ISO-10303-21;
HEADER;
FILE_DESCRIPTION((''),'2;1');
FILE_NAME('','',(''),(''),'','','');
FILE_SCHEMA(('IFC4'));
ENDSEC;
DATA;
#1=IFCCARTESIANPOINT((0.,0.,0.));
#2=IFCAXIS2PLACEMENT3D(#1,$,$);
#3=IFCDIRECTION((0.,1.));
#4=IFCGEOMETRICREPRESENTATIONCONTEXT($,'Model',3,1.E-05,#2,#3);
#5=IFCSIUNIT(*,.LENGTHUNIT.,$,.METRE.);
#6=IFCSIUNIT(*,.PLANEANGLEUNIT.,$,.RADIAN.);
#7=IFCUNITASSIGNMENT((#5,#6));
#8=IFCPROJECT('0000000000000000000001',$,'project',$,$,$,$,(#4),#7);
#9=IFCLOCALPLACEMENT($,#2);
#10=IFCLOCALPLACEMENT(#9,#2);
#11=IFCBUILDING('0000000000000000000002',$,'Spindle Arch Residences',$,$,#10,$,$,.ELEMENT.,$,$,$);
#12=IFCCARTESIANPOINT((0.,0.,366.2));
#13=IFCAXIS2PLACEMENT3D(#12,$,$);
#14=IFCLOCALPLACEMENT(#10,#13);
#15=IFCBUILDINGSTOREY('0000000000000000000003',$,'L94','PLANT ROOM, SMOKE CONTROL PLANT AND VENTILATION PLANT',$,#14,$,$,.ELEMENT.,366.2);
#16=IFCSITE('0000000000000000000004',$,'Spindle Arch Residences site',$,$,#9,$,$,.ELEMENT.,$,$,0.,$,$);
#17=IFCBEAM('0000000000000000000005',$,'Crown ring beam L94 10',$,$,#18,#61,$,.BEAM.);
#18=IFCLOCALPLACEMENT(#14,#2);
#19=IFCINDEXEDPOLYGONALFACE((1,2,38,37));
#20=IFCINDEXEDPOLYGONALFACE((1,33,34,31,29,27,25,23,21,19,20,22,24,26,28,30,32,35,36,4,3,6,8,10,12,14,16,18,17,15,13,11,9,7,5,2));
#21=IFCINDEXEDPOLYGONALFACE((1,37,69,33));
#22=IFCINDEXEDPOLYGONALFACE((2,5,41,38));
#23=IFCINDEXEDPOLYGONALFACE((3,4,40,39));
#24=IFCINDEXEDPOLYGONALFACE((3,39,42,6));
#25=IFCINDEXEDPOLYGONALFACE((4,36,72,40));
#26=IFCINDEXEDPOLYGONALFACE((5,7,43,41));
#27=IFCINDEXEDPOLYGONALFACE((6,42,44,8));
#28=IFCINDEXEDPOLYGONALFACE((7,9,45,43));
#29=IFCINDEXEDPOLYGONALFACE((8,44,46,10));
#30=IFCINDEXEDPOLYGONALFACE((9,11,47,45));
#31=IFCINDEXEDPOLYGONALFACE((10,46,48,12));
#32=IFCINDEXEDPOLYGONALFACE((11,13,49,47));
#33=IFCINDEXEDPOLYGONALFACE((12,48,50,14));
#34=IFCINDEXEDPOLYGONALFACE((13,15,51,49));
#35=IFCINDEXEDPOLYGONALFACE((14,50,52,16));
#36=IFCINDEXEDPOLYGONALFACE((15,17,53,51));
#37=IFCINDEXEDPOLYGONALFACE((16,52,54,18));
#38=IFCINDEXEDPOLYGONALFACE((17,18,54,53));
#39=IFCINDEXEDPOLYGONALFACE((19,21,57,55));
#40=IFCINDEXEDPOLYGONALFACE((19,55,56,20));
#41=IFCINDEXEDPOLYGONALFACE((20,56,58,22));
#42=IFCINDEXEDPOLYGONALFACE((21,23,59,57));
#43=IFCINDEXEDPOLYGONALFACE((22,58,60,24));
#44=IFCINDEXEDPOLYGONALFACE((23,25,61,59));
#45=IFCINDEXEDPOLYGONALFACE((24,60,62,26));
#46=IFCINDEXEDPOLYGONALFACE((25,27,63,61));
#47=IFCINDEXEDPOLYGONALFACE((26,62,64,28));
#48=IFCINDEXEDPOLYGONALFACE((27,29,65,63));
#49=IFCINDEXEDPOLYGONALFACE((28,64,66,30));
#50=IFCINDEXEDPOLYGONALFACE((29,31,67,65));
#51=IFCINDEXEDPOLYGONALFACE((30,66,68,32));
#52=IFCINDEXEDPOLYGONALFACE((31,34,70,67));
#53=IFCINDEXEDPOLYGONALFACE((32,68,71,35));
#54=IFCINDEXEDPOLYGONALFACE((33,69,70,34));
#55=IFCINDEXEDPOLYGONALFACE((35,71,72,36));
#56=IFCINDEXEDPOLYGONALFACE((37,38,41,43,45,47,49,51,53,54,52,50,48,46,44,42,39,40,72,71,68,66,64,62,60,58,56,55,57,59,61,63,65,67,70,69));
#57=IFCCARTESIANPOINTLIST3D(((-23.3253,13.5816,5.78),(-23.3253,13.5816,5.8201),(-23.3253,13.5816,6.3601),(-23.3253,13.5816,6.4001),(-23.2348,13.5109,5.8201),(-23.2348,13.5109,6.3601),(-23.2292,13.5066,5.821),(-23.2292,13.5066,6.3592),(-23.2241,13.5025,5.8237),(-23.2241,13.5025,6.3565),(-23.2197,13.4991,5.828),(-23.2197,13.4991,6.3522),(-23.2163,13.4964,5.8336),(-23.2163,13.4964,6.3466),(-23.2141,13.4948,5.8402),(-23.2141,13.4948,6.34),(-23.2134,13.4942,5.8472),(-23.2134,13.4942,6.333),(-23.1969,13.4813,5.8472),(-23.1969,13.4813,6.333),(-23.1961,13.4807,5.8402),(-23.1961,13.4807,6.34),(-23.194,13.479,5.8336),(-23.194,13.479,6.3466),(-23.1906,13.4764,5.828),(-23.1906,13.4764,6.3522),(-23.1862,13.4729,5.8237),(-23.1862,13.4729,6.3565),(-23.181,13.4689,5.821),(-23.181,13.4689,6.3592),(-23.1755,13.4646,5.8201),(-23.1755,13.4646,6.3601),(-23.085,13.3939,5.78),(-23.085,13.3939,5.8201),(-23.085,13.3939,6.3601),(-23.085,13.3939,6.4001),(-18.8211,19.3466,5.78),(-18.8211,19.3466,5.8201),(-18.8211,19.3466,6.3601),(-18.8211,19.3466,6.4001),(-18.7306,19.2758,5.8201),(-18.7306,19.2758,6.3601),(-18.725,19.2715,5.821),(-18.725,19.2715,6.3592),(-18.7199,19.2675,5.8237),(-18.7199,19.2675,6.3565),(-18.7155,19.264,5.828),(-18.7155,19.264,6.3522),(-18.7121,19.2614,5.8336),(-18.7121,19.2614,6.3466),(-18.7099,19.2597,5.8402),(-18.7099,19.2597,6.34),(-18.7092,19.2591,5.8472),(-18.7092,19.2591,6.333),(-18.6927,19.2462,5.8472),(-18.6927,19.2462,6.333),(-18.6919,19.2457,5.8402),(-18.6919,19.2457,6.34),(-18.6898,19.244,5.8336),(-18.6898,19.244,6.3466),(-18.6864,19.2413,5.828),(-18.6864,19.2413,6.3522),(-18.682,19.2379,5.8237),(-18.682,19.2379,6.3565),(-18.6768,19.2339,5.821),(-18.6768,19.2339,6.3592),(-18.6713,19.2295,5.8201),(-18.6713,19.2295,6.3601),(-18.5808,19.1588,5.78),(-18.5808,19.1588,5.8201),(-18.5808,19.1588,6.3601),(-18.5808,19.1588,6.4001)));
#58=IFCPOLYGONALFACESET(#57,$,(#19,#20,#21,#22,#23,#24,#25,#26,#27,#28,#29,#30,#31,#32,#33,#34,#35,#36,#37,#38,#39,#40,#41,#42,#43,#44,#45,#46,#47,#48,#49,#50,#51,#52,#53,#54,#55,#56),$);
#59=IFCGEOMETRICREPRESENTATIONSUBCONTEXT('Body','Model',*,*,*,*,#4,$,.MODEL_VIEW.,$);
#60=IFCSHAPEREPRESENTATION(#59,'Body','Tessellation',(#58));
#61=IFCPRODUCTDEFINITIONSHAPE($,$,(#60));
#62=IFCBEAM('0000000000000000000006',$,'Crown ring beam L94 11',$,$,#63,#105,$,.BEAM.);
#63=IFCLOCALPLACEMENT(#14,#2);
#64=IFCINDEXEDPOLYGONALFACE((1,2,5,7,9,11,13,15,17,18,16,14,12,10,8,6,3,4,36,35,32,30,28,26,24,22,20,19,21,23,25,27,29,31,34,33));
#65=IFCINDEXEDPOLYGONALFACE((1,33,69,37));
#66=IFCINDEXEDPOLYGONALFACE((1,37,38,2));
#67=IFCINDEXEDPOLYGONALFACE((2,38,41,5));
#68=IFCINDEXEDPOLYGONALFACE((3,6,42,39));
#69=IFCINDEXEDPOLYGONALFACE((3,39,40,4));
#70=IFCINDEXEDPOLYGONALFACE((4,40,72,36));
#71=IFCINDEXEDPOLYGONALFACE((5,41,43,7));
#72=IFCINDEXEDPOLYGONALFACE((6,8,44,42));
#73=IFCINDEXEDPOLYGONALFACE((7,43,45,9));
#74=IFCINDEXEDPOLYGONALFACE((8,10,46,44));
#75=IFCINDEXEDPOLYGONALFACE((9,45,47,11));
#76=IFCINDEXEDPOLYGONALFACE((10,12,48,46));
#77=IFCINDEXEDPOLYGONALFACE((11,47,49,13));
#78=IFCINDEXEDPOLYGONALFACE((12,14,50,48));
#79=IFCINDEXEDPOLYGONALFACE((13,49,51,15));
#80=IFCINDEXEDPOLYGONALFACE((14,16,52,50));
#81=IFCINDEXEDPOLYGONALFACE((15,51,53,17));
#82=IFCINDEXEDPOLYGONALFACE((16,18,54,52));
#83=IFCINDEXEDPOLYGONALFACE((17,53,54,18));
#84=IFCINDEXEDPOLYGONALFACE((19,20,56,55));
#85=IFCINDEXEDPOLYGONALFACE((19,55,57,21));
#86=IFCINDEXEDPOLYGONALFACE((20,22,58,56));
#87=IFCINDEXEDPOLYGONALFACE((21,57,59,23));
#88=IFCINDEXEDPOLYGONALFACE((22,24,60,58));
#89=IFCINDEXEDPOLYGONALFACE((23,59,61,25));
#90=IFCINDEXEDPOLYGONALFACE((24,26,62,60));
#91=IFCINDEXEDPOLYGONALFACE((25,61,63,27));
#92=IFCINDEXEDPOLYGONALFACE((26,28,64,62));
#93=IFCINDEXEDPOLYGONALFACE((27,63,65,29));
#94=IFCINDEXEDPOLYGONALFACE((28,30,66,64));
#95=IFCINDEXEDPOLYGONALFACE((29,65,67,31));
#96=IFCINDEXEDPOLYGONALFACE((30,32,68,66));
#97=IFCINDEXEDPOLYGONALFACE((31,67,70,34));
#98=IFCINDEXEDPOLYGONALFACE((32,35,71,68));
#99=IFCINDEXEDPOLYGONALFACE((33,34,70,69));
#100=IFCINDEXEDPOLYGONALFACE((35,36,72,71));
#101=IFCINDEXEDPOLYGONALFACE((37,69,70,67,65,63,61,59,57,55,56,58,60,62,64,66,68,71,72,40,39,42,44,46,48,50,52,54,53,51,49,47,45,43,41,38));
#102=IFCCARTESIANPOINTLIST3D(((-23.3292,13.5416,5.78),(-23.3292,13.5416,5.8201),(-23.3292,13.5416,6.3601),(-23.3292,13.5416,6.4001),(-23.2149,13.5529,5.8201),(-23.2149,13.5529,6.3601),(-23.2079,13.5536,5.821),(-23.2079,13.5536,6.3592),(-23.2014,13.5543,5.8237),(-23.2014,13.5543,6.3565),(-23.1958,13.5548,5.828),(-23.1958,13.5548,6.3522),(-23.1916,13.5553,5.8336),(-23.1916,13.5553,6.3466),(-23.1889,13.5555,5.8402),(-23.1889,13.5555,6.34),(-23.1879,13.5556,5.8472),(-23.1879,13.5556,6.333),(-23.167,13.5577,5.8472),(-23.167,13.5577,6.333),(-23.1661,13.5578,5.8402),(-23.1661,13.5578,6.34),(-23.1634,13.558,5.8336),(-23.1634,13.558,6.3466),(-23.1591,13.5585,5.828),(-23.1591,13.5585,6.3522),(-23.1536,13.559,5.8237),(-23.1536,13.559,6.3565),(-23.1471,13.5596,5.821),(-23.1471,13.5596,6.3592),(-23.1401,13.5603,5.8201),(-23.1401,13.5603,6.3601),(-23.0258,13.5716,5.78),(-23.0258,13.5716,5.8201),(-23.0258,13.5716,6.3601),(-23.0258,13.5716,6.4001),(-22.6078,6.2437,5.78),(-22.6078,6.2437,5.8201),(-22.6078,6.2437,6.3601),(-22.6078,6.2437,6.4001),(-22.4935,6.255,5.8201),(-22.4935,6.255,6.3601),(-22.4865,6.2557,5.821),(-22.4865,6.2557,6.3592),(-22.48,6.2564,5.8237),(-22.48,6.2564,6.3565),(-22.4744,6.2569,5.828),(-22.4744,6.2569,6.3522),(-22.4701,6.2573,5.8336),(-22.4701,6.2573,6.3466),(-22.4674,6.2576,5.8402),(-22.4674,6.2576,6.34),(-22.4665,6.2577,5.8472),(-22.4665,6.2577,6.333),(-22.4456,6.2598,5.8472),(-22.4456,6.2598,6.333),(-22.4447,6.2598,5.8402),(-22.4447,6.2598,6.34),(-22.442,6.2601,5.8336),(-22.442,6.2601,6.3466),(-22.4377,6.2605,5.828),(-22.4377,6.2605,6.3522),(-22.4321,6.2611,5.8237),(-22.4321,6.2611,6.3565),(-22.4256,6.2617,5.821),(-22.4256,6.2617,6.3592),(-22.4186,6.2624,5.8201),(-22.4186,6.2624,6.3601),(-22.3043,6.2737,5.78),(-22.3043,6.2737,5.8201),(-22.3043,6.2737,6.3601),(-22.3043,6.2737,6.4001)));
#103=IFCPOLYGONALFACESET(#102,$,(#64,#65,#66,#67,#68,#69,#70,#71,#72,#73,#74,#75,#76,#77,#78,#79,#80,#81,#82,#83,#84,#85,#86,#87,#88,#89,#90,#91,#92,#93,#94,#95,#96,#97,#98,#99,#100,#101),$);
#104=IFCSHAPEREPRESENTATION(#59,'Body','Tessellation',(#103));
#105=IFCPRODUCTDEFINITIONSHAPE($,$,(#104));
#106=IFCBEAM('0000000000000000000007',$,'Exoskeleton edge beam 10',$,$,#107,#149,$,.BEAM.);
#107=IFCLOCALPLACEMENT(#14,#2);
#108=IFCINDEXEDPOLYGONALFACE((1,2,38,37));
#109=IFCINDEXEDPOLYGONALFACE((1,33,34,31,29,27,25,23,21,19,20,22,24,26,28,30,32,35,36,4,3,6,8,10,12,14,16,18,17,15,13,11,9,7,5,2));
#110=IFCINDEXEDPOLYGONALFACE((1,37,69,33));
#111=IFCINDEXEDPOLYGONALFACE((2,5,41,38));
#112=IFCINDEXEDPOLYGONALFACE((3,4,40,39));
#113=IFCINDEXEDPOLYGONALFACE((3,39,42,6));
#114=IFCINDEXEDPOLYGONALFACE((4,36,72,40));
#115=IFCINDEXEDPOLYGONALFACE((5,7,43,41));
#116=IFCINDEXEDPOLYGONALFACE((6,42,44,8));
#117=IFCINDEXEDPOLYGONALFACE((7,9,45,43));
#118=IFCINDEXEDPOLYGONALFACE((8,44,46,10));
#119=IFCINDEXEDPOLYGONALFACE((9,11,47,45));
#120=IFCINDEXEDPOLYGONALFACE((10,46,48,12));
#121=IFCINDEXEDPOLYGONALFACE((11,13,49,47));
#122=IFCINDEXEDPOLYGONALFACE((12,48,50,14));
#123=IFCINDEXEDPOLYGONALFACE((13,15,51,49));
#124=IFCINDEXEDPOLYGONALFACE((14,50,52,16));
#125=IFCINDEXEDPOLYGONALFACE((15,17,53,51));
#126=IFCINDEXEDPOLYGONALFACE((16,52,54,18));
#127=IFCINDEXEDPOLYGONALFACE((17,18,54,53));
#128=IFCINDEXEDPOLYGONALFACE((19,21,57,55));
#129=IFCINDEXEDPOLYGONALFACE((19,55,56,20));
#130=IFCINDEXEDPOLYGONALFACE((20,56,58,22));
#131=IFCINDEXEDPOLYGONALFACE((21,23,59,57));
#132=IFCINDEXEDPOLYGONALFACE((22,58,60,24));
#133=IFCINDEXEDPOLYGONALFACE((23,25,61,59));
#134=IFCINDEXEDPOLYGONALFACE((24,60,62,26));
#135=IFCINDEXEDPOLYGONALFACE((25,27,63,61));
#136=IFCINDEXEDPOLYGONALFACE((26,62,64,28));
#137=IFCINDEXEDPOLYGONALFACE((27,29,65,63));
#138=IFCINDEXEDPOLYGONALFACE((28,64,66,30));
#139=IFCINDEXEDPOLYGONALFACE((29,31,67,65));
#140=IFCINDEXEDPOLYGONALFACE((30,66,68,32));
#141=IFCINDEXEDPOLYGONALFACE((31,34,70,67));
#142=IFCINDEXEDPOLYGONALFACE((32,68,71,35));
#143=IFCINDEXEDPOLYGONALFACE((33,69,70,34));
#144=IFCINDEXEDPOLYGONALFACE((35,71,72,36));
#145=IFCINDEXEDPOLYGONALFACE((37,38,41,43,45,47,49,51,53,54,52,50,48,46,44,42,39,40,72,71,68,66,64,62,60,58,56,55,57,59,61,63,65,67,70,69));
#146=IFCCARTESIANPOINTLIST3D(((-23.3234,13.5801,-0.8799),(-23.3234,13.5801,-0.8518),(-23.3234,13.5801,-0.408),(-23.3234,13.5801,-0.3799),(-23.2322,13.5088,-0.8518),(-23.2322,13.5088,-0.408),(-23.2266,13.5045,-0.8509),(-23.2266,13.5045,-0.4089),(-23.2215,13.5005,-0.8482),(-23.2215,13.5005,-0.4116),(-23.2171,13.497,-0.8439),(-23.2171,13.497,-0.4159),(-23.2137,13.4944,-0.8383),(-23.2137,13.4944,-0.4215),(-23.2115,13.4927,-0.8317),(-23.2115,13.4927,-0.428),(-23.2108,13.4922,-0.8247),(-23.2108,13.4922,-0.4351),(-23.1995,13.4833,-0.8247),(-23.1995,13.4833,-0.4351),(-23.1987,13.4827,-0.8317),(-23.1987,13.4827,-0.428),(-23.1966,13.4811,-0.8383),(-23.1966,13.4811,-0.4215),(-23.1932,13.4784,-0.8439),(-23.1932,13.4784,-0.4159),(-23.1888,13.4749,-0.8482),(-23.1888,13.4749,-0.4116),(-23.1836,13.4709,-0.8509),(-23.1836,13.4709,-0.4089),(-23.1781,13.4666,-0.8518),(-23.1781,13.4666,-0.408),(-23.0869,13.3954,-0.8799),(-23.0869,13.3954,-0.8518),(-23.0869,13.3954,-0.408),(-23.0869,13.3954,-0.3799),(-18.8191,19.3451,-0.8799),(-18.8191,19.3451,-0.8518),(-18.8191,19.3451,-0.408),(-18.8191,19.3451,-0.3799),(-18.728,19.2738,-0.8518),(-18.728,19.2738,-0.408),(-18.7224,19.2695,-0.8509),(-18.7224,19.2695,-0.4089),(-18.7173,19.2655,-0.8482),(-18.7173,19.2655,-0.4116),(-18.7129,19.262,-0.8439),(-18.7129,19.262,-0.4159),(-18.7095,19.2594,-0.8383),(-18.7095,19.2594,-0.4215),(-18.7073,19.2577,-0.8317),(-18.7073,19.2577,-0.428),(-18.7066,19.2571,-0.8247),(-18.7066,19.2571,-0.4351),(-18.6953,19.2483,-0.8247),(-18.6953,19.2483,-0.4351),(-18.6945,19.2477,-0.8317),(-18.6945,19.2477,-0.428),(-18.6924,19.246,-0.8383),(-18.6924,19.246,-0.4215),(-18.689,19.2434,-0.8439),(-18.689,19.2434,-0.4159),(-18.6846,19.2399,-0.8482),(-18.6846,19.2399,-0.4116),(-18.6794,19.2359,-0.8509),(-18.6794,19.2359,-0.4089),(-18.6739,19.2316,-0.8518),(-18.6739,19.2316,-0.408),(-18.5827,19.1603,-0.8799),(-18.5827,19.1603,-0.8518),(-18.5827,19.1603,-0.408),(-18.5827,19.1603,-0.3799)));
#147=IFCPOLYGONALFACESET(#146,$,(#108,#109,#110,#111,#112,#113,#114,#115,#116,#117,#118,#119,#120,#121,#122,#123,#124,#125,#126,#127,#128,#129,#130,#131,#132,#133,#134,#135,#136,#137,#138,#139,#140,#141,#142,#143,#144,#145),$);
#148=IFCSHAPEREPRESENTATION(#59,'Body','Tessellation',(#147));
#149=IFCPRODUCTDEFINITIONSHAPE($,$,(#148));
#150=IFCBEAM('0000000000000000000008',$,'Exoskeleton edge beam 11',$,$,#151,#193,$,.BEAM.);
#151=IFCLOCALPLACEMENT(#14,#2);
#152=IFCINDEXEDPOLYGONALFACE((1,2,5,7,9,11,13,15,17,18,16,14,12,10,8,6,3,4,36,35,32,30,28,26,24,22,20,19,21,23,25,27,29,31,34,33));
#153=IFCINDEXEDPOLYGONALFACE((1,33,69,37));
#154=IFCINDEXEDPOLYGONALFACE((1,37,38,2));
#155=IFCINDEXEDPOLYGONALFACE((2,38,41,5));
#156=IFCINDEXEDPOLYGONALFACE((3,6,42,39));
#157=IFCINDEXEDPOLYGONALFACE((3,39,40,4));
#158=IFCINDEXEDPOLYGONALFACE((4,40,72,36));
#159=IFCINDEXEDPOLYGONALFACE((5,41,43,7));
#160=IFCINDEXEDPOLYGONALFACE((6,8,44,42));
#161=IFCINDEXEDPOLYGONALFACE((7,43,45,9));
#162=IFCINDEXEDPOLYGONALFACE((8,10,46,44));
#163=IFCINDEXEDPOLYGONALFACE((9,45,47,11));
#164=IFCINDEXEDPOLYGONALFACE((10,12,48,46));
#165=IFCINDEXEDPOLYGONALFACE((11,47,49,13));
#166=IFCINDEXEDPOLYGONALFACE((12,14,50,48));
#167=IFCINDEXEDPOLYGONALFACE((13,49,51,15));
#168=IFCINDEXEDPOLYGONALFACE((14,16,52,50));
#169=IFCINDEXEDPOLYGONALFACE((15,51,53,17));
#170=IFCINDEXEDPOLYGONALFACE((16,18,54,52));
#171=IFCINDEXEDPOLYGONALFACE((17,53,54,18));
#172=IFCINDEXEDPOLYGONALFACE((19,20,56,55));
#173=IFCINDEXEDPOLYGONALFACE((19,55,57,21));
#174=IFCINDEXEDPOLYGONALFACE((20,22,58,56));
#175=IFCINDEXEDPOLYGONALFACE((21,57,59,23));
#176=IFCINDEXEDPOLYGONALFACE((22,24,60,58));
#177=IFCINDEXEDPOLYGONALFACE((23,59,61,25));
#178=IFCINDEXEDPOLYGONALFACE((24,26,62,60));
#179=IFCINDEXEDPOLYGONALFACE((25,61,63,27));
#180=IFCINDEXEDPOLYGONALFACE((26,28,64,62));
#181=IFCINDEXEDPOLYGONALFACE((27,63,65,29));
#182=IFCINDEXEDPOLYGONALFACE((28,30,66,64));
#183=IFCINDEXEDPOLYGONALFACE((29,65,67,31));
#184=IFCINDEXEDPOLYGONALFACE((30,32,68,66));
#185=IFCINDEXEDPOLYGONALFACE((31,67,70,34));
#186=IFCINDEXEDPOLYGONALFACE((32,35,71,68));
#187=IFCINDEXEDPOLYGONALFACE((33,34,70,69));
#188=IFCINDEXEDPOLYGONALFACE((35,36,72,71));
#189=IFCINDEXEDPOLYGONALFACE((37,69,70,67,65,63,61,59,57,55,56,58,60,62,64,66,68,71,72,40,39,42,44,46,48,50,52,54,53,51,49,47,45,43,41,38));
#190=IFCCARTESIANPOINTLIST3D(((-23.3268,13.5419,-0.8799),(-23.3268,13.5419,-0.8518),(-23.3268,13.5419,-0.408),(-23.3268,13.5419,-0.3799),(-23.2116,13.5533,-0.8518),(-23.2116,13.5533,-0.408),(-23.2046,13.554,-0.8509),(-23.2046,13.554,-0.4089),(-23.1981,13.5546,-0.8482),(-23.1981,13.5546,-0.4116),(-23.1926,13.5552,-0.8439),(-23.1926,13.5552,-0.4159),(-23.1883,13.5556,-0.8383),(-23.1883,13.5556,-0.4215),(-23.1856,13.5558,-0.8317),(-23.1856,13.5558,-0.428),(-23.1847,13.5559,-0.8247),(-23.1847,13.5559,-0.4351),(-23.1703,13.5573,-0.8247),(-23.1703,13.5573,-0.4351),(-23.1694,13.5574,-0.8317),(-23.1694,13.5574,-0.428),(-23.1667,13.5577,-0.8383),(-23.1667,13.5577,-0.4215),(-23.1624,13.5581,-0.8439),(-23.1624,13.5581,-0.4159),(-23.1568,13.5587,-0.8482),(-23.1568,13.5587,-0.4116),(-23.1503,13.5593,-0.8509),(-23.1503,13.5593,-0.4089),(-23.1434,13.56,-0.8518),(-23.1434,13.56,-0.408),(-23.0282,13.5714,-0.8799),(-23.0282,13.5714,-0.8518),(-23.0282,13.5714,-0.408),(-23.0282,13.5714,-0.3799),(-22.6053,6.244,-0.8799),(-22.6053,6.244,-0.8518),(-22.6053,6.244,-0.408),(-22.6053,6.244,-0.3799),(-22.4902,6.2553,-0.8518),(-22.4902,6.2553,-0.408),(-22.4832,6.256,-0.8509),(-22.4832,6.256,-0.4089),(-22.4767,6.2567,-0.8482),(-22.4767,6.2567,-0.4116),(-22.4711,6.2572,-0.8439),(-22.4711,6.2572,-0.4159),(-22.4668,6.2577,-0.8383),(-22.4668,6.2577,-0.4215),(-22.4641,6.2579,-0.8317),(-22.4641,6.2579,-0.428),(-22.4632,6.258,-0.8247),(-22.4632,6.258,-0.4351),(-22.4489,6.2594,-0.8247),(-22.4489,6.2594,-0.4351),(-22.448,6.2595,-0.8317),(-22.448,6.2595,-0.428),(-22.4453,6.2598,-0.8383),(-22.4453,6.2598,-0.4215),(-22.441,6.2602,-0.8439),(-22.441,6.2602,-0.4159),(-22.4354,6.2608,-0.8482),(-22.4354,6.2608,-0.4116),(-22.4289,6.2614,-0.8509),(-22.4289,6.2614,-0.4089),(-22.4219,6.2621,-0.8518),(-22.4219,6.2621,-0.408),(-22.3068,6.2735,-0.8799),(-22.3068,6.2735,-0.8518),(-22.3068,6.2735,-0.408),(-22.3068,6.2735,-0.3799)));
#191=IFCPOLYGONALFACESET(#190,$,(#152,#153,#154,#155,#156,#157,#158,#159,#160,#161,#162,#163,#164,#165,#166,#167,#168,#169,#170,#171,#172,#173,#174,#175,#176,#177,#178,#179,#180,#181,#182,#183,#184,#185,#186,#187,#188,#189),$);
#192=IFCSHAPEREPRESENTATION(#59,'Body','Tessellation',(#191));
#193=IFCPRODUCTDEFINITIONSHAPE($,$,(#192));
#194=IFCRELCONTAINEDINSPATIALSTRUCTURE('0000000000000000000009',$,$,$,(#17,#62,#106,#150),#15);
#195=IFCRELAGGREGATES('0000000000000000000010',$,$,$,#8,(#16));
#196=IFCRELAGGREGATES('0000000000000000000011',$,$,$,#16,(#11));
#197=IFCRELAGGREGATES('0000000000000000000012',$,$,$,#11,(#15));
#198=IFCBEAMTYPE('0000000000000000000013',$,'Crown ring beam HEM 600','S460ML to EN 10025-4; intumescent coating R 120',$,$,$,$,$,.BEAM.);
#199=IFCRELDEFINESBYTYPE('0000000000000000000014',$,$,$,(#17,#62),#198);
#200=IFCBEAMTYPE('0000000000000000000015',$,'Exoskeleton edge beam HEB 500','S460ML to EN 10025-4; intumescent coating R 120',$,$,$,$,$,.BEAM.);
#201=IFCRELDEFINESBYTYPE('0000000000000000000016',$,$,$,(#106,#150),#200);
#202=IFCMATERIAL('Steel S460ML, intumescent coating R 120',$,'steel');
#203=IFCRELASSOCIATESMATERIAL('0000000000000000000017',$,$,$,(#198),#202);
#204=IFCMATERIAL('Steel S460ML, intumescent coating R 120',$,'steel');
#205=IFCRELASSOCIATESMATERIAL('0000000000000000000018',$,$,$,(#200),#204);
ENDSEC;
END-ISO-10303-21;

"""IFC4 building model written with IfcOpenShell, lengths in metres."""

from ifc_helpers import new_model, si_unit, direction, frame, origin, origin_2d, place, context, subcontext, project, spatial, i_section, extrude, material, material_profile, profile_set, type_object, element, save


model = new_model("IFC4")

# Units and contexts
model_context = context("Model", 3, precision=1e-05, world=origin(), true_north=direction((0.0, 1.0)))
body_context = subcontext(model_context, "Body", "Model", "MODEL_VIEW")
ifc_project = project(units=[si_unit("LENGTHUNIT", "METRE"), si_unit("PLANEANGLEUNIT", "RADIAN")], contexts=[model_context])

# Site, building, storey
site_placement = place(None, origin())
site = spatial("IfcSite", under=ifc_project, at=site_placement, Name="Spindle Arch Residences site", CompositionType="ELEMENT", RefElevation=0.0)
building_placement = place(site_placement, origin())
building = spatial("IfcBuilding", under=site, at=building_placement, Name="Spindle Arch Residences", CompositionType="ELEMENT")
storey_placement = place(building_placement, frame((0.0, 0.0, 366.2)))
storey = spatial("IfcBuildingStorey", under=building, at=storey_placement, Name="L94", Description="PLANT ROOM, SMOKE CONTROL PLANT AND VENTILATION PLANT", CompositionType="ELEMENT", Elevation=366.2)

# Beams
ifc_material_1 = material(Name="Steel S460ML, intumescent coating R 120", Category="steel")
ifc_material_profile_1 = material_profile(ifc_material_1, i_section(OverallWidth=0.3049, OverallDepth=0.6201, WebThickness=0.021, FlangeThickness=0.04, FilletRadius=0.0271, at=origin_2d()), Name="HEM 600")
ifc_profile_set_1 = profile_set([ifc_material_profile_1], Name="Steel S460ML, intumescent coating R 120")
beam_type_1 = type_object("IfcBeamType", Name="Crown ring beam HEM 600", Description="S460ML to EN 10025-4; intumescent coating R 120", PredefinedType="BEAM", material=ifc_profile_set_1)
beam_1_placement = place(storey_placement, frame((-18.7009, 19.2527, 6.0901), z_axis=(-0.615672, -0.788003, 0.0), x_axis=(0.788003, -0.615672, 0.0)))
element("IfcBeam", 1, at=beam_1_placement, inside=storey, type_object=beam_type_1, Name="Crown ring beam L94 10", PredefinedType="BEAM", context=body_context, shape_type="SweptSolid", body=[
    extrude(i_section(OverallWidth=0.3049, OverallDepth=0.6201, WebThickness=0.021, FlangeThickness=0.04, FilletRadius=0.0271, at=origin_2d()), origin(), (0.0, 0.0, 1.0), 7.3159),
])
beam_2_placement = place(storey_placement, frame((-23.1775, 13.5566, 6.0901), z_axis=(0.098376, -0.995149, 0.0), x_axis=(0.995149, 0.098376, 0.0)))
element("IfcBeam", 2, at=beam_2_placement, inside=storey, type_object=beam_type_1, Name="Crown ring beam L94 11", PredefinedType="BEAM", context=body_context, shape_type="SweptSolid", body=[
    extrude(i_section(OverallWidth=0.3049, OverallDepth=0.6201, WebThickness=0.021, FlangeThickness=0.04, FilletRadius=0.0271, at=origin_2d()), origin(), (0.0, 0.0, 1.0), 7.3335),
])
ifc_material_2 = material(Name="Steel S460ML, intumescent coating R 120", Category="steel")
ifc_material_profile_2 = material_profile(ifc_material_2, i_section(OverallWidth=0.3, OverallDepth=0.5, WebThickness=0.0144, FlangeThickness=0.0281, FilletRadius=0.0271, at=origin_2d()), Name="HEB 500")
ifc_profile_set_2 = profile_set([ifc_material_profile_2], Name="Steel S460ML, intumescent coating R 120")
beam_type_2 = type_object("IfcBeamType", Name="Exoskeleton edge beam HEB 500", Description="S460ML to EN 10025-4; intumescent coating R 120", PredefinedType="BEAM", material=ifc_profile_set_2)
beam_3_placement = place(storey_placement, frame((-18.7009, 19.2527, -0.6299), z_axis=(-0.615672, -0.788003, 0.0), x_axis=(0.788003, -0.615672, 0.0)))
element("IfcBeam", 3, at=beam_3_placement, inside=storey, type_object=beam_type_2, Name="Exoskeleton edge beam 10", PredefinedType="BEAM", context=body_context, shape_type="SweptSolid", body=[
    extrude(i_section(OverallWidth=0.3, OverallDepth=0.5, WebThickness=0.0144, FlangeThickness=0.0281, FilletRadius=0.0271, at=origin_2d()), origin(), (0.0, 0.0, 1.0), 7.3159),
])
beam_4_placement = place(storey_placement, frame((-23.1775, 13.5566, -0.6299), z_axis=(0.098376, -0.995149, 0.0), x_axis=(0.995149, 0.098376, 0.0)))
element("IfcBeam", 4, at=beam_4_placement, inside=storey, type_object=beam_type_2, Name="Exoskeleton edge beam 11", PredefinedType="BEAM", context=body_context, shape_type="SweptSolid", body=[
    extrude(i_section(OverallWidth=0.3, OverallDepth=0.5, WebThickness=0.0144, FlangeThickness=0.0281, FilletRadius=0.0271, at=origin_2d()), origin(), (0.0, 0.0, 1.0), 7.3335),
])

save(model, "model.ifc")
